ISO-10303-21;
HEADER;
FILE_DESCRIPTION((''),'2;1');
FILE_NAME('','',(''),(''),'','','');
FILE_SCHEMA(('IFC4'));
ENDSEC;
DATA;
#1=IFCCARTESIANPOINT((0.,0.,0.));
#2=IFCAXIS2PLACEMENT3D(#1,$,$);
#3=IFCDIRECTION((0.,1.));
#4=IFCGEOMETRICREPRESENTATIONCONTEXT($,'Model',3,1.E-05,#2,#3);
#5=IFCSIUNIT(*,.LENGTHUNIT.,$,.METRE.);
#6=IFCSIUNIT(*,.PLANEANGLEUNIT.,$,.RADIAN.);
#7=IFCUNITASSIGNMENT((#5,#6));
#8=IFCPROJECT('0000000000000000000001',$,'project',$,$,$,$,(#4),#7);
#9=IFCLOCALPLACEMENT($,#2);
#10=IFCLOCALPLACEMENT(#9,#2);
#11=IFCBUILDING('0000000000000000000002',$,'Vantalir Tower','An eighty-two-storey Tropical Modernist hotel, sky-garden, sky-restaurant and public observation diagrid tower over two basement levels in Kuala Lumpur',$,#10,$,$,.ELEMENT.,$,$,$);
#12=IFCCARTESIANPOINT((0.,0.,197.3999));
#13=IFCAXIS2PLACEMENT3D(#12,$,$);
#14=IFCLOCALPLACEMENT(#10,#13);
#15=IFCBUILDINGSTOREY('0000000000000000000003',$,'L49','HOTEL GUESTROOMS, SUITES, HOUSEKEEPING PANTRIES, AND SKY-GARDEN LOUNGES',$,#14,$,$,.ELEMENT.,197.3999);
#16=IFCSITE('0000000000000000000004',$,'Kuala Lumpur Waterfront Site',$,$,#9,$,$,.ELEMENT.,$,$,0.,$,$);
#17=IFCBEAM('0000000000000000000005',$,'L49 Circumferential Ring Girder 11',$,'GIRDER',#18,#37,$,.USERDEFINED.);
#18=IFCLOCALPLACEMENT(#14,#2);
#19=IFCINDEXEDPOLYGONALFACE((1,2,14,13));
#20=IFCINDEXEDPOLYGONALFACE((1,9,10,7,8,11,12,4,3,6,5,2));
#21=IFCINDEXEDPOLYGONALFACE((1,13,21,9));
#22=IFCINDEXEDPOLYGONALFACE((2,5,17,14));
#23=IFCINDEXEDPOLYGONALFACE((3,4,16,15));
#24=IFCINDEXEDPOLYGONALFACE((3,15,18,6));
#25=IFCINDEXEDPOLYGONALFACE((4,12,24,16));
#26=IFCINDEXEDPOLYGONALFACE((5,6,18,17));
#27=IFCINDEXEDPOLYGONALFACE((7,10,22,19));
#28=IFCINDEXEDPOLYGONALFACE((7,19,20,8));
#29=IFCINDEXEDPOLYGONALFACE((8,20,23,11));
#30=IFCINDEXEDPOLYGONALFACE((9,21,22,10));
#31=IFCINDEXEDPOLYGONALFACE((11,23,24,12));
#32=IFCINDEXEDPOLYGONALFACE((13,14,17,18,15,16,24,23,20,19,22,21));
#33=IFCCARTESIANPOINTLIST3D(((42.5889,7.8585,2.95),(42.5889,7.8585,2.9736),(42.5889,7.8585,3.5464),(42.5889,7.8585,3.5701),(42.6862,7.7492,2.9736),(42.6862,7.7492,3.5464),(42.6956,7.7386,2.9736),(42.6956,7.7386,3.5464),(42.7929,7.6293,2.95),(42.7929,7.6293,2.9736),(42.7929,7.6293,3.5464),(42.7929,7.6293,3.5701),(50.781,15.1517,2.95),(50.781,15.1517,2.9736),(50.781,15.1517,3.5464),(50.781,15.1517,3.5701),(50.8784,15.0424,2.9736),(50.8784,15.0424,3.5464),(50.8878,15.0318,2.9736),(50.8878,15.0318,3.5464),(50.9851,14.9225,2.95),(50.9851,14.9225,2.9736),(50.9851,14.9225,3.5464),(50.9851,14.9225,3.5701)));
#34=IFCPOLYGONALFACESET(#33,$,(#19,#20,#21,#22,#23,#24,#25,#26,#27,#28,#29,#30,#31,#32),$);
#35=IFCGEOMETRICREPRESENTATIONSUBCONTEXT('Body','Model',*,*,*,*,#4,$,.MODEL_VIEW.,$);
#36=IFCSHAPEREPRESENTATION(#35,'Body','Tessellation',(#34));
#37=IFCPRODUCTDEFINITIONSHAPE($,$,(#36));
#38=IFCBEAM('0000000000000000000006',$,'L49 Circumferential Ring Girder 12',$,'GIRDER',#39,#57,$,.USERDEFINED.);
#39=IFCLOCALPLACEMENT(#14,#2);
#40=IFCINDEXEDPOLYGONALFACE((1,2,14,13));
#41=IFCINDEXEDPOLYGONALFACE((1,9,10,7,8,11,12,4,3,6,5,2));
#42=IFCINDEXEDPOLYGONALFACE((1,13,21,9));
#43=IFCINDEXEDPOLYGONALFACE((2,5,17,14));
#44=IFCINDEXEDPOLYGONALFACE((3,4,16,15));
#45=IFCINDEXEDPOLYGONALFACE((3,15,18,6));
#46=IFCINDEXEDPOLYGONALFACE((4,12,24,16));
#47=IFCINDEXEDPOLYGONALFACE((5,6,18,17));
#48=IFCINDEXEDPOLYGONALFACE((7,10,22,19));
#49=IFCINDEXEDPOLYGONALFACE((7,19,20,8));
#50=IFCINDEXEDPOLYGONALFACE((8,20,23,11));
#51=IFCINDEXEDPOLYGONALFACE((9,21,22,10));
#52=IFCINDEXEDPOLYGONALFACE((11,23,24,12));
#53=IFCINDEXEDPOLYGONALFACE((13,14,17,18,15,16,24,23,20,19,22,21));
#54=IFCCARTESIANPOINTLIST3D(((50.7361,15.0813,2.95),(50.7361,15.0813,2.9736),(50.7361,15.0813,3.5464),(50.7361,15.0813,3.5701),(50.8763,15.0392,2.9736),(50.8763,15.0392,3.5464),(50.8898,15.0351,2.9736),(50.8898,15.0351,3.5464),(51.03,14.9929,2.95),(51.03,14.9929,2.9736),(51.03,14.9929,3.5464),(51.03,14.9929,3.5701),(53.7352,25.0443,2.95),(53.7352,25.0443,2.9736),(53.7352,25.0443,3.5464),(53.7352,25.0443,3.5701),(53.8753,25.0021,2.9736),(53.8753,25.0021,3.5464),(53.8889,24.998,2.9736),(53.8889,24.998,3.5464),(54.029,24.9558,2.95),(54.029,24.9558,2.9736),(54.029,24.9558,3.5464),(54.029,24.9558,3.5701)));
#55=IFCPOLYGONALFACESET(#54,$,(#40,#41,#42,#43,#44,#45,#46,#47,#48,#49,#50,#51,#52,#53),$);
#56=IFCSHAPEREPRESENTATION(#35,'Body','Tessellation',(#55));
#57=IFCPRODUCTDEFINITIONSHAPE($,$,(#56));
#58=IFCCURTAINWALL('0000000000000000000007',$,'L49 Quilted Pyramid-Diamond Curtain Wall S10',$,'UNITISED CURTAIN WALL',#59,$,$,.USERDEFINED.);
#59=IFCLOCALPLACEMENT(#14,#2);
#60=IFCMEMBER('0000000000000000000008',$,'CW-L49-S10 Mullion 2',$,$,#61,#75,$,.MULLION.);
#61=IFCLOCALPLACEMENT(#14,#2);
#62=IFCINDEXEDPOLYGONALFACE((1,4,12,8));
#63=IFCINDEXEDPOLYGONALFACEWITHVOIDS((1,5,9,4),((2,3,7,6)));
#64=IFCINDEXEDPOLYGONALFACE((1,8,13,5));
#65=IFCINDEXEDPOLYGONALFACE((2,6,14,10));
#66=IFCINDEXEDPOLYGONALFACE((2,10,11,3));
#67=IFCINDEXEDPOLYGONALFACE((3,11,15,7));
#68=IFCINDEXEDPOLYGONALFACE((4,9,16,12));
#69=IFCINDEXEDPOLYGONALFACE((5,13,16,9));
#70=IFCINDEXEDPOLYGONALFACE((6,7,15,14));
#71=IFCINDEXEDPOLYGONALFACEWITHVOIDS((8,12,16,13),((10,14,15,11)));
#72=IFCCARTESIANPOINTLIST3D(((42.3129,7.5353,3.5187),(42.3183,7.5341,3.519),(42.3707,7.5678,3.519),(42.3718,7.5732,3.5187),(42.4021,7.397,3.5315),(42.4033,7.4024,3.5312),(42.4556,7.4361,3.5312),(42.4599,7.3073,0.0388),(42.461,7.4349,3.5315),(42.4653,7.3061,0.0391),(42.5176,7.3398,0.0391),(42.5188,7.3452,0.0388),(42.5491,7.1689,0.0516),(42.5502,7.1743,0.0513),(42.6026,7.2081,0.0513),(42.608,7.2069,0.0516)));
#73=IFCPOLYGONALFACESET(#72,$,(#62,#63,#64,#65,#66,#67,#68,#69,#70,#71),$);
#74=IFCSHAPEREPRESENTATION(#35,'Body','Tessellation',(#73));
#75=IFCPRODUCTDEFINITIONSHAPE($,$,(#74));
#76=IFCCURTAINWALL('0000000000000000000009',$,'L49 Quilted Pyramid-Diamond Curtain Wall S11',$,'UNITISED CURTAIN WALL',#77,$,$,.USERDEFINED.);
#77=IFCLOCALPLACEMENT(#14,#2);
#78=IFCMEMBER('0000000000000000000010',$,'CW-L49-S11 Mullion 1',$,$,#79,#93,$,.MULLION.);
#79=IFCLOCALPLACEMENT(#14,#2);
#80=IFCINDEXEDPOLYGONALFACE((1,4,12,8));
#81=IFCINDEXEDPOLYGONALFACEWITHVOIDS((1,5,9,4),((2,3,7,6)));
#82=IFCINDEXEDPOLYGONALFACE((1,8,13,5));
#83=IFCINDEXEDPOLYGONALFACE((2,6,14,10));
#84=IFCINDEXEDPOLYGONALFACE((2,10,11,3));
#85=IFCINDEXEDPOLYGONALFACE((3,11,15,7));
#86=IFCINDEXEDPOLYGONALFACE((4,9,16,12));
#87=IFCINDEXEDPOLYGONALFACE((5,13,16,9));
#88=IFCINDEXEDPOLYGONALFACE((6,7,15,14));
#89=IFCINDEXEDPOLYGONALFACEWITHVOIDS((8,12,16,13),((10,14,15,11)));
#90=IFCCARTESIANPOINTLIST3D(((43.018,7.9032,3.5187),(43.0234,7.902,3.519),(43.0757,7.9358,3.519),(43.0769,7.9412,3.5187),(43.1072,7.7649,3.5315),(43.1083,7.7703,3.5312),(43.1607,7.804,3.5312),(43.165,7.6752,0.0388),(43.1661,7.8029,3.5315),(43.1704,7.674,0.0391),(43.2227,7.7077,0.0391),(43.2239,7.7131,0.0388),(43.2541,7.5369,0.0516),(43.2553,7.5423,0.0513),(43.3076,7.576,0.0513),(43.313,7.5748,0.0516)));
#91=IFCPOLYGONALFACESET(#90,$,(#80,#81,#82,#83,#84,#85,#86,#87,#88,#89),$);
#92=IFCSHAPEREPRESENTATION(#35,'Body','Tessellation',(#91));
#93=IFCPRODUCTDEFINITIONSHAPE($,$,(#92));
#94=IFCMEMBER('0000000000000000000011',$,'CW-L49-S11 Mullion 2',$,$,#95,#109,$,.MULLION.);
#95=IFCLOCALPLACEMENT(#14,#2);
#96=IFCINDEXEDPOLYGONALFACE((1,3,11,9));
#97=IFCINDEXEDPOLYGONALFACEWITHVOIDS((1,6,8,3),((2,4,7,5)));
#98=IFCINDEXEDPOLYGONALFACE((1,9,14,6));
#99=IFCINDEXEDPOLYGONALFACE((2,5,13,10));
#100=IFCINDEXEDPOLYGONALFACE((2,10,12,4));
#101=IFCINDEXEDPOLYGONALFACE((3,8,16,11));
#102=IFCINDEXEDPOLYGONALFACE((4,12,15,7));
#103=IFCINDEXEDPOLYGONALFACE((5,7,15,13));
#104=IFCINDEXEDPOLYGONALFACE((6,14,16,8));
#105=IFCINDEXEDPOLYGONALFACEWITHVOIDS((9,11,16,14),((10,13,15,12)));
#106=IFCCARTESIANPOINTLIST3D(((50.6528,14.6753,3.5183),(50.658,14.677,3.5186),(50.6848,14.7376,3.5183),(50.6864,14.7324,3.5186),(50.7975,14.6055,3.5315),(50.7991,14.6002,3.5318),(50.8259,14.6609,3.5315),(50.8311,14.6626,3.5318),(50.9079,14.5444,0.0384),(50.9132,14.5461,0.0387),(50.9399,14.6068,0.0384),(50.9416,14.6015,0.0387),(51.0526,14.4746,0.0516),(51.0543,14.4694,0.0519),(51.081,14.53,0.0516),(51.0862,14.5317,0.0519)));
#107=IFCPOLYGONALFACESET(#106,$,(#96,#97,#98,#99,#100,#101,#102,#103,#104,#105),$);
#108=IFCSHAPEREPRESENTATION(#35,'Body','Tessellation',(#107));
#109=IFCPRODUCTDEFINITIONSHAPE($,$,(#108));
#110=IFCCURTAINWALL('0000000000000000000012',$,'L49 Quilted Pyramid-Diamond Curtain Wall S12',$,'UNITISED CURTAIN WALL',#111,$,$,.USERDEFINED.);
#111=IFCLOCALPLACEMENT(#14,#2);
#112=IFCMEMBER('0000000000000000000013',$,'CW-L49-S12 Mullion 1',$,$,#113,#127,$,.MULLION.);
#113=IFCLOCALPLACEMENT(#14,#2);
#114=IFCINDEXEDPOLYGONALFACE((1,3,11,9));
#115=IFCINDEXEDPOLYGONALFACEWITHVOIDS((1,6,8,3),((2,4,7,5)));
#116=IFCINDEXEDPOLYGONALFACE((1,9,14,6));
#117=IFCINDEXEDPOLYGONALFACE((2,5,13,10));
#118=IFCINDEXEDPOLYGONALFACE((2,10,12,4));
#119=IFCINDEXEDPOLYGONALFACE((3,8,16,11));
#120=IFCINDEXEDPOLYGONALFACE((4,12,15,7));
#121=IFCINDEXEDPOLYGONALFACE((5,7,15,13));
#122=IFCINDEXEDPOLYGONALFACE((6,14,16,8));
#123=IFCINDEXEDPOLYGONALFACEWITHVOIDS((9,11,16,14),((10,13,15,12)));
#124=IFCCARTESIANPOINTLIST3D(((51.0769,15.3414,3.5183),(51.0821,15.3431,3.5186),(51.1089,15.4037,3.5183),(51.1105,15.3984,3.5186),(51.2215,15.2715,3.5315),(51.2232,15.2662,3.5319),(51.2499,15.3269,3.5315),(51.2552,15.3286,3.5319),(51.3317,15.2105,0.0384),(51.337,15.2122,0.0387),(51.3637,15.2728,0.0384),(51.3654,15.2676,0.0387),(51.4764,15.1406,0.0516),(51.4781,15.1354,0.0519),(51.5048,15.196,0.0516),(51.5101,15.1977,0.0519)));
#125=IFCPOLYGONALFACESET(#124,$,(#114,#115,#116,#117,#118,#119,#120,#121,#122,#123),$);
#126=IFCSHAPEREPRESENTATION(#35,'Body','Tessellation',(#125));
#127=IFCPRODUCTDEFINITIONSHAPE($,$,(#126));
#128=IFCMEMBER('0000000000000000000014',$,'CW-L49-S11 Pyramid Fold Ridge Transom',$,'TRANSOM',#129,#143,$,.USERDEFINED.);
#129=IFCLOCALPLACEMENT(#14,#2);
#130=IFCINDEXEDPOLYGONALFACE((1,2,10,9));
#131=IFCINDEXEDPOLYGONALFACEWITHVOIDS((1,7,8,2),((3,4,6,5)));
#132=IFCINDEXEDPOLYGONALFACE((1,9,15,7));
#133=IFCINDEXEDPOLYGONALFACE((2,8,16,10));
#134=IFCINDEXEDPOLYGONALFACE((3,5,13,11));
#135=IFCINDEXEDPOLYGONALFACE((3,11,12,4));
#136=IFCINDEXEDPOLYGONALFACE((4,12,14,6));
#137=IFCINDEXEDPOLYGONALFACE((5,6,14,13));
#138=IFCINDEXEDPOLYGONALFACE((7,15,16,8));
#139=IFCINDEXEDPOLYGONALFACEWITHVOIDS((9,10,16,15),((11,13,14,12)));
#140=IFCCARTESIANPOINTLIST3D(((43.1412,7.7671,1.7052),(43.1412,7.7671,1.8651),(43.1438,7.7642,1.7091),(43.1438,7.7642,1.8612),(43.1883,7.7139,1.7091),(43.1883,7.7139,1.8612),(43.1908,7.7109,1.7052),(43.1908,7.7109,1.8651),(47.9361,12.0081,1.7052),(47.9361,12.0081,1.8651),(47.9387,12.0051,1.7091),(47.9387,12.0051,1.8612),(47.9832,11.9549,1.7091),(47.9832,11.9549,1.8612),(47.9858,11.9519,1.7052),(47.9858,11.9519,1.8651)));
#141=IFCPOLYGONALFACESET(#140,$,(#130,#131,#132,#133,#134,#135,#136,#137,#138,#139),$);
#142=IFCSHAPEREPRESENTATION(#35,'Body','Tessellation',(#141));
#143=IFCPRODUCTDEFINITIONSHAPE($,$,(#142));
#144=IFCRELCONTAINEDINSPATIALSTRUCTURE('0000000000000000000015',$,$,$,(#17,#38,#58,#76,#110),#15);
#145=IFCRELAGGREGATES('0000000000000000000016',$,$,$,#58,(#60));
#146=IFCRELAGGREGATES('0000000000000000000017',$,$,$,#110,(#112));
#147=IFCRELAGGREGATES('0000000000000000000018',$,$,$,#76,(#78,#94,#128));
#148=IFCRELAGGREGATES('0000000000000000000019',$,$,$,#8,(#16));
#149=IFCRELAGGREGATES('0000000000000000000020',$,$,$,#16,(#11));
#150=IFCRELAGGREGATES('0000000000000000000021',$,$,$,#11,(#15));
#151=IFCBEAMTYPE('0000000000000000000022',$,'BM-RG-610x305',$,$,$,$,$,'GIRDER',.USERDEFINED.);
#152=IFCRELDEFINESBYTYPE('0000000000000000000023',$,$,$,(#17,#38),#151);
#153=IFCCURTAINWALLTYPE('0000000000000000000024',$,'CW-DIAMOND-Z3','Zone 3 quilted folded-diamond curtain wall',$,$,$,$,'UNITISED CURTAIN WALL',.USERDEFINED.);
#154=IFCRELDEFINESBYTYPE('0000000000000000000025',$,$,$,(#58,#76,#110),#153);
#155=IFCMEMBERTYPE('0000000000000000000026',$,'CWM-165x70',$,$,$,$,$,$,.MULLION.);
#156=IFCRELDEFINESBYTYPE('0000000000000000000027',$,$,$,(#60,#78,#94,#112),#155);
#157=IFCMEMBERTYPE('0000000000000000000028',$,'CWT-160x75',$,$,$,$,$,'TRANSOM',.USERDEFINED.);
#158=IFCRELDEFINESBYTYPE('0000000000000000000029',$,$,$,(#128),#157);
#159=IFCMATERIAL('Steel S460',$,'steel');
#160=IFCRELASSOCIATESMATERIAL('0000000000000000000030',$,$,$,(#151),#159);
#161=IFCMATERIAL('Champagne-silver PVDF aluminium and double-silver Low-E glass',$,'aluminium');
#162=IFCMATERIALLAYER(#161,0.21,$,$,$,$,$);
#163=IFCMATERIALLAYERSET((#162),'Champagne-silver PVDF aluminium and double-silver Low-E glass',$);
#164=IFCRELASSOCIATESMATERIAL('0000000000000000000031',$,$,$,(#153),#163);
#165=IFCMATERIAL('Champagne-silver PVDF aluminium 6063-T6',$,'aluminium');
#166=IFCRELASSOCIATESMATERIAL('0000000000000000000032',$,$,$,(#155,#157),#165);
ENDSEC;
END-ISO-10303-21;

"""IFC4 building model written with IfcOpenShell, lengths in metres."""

from ifc_helpers import new_model, si_unit, direction, frame, origin, origin_2d, place, context, subcontext, project, spatial, hollow_rectangle, i_section, extrude, material, layer, layer_set, material_profile, profile_set, type_object, element, aggregate, save


model = new_model("IFC4")

# Units and contexts
model_context = context("Model", 3, precision=1e-05, world=origin(), true_north=direction((0.0, 1.0)))
body_context = subcontext(model_context, "Body", "Model", "MODEL_VIEW")
ifc_project = project(units=[si_unit("LENGTHUNIT", "METRE"), si_unit("PLANEANGLEUNIT", "RADIAN")], contexts=[model_context])

# Site, building, storey
site_placement = place(None, origin())
site = spatial("IfcSite", under=ifc_project, at=site_placement, Name="Kuala Lumpur Waterfront Site", CompositionType="ELEMENT", RefElevation=0.0)
building_placement = place(site_placement, origin())
building = spatial("IfcBuilding", under=site, at=building_placement, Name="Vantalir Tower", Description="An eighty-two-storey Tropical Modernist hotel, sky-garden, sky-restaurant and public observation diagrid tower over two basement levels in Kuala Lumpur", CompositionType="ELEMENT")
storey_placement = place(building_placement, frame((0.0, 0.0, 197.3999)))
storey = spatial("IfcBuildingStorey", under=building, at=storey_placement, Name="L49", Description="HOTEL GUESTROOMS, SUITES, HOUSEKEEPING PANTRIES, AND SKY-GARDEN LOUNGES", CompositionType="ELEMENT", Elevation=197.3999)

# Shared definitions
ifc_material_1 = material(Name="Steel S460", Category="steel")

# Beams
ifc_material_profile_1 = material_profile(ifc_material_1, i_section(OverallWidth=0.3069, OverallDepth=0.6201, WebThickness=0.0142, FlangeThickness=0.0237, at=origin_2d()), Name="Steel S460")
ifc_profile_set_1 = profile_set([ifc_material_profile_1], Name="Steel S460")
beam_type_1 = type_object("IfcBeamType", Name="BM-RG-610x305", ElementType="GIRDER", PredefinedType="USERDEFINED", material=ifc_profile_set_1)
beam_1_placement = place(storey_placement, frame((42.6909, 7.7439, 3.26), z_axis=(0.746897, 0.66494, 0.0), x_axis=(-0.66494, 0.746897, 0.0)))
element("IfcBeam", 1, at=beam_1_placement, inside=storey, type_object=beam_type_1, Name="L49 Circumferential Ring Girder 11", ObjectType="GIRDER", PredefinedType="USERDEFINED", context=body_context, shape_type="SweptSolid", body=[
    extrude(i_section(OverallWidth=0.3069, OverallDepth=0.6201, WebThickness=0.0142, FlangeThickness=0.0237, at=origin_2d()), origin(), (0.0, 0.0, 1.0), 10.9683),
])
beam_2_placement = place(storey_placement, frame((50.8831, 15.0371, 3.26), z_axis=(0.288243, 0.957557, 0.0), x_axis=(-0.957557, 0.288243, 0.0)))
element("IfcBeam", 2, at=beam_2_placement, inside=storey, type_object=beam_type_1, Name="L49 Circumferential Ring Girder 12", ObjectType="GIRDER", PredefinedType="USERDEFINED", context=body_context, shape_type="SweptSolid", body=[
    extrude(i_section(OverallWidth=0.3069, OverallDepth=0.6201, WebThickness=0.0142, FlangeThickness=0.0237, at=origin_2d()), origin(), (0.0, 0.0, 1.0), 10.4045),
])

# Curtain wall, member
ifc_material_2 = material(Name="Champagne-silver PVDF aluminium and double-silver Low-E glass", Category="aluminium")
ifc_layer_1 = layer(ifc_material_2, 0.21)
ifc_layer_set_1 = layer_set([ifc_layer_1], Name="Champagne-silver PVDF aluminium and double-silver Low-E glass")
curtain_wall_type = type_object("IfcCurtainWallType", Name="CW-DIAMOND-Z3", Description="Zone 3 quilted folded-diamond curtain wall", ElementType="UNITISED CURTAIN WALL", PredefinedType="USERDEFINED", material=ifc_layer_set_1)
curtain_wall_1_placement = place(storey_placement, origin())
curtain_wall_1 = element("IfcCurtainWall", 3, at=curtain_wall_1_placement, inside=storey, type_object=curtain_wall_type, Name="L49 Quilted Pyramid-Diamond Curtain Wall S10", ObjectType="UNITISED CURTAIN WALL", PredefinedType="USERDEFINED")
ifc_material_3 = material(Name="Champagne-silver PVDF aluminium 6063-T6", Category="aluminium")
ifc_material_profile_2 = material_profile(ifc_material_3, hollow_rectangle(XDim=0.0701, YDim=0.165, WallThickness=0.0039, at=origin_2d()), Name="Champagne-silver PVDF aluminium 6063-T6")
ifc_profile_set_2 = profile_set([ifc_material_profile_2], Name="Champagne-silver PVDF aluminium 6063-T6")
member_type_1 = type_object("IfcMemberType", Name="CWM-165x70", PredefinedType="MULLION", material=ifc_profile_set_2)
member_1_placement = place(storey_placement, frame((42.5339, 7.2571, 0.0452), z_axis=(-0.042106, 0.065327, 0.996975), x_axis=(-0.840535, -0.541758, 0.0)))
member_1 = element("IfcMember", 4, at=member_1_placement, type_object=member_type_1, Name="CW-L49-S10 Mullion 2", PredefinedType="MULLION", context=body_context, shape_type="SweptSolid", body=[
    extrude(hollow_rectangle(XDim=0.0701, YDim=0.165, WallThickness=0.0039, at=origin_2d()), origin(), (0.0, 0.0, 1.0), 3.4905),
])
aggregate(curtain_wall_1, [member_1])

# Curtain wall, members
curtain_wall_2_placement = place(storey_placement, origin())
curtain_wall_2 = element("IfcCurtainWall", 5, at=curtain_wall_2_placement, inside=storey, type_object=curtain_wall_type, Name="L49 Quilted Pyramid-Diamond Curtain Wall S11", ObjectType="UNITISED CURTAIN WALL", PredefinedType="USERDEFINED")
member_2_placement = place(storey_placement, frame((43.239, 7.625, 0.0452), z_axis=(-0.042106, 0.065327, 0.996975), x_axis=(-0.840535, -0.541758, 0.0)))
member_2 = element("IfcMember", 6, at=member_2_placement, type_object=member_type_1, Name="CW-L49-S11 Mullion 1", PredefinedType="MULLION", context=body_context, shape_type="SweptSolid", body=[
    extrude(hollow_rectangle(XDim=0.0701, YDim=0.165, WallThickness=0.0039, at=origin_2d()), origin(), (0.0, 0.0, 1.0), 3.4905),
])
member_3_placement = place(storey_placement, frame((50.9971, 14.5381, 0.0452), z_axis=(-0.073065, 0.037476, 0.996623), x_axis=(-0.456386, -0.889782, 0.0)))
member_3 = element("IfcMember", 7, at=member_3_placement, type_object=member_type_1, Name="CW-L49-S11 Mullion 2", PredefinedType="MULLION", context=body_context, shape_type="SweptSolid", body=[
    extrude(hollow_rectangle(XDim=0.0701, YDim=0.165, WallThickness=0.0039, at=origin_2d()), origin(), (0.0, 0.0, 1.0), 3.4917),
])

# Curtain wall, member
curtain_wall_3_placement = place(storey_placement, origin())
curtain_wall_3 = element("IfcCurtainWall", 8, at=curtain_wall_3_placement, inside=storey, type_object=curtain_wall_type, Name="L49 Quilted Pyramid-Diamond Curtain Wall S12", ObjectType="UNITISED CURTAIN WALL", PredefinedType="USERDEFINED")
member_4_placement = place(storey_placement, frame((51.4209, 15.2041, 0.0452), z_axis=(-0.072996, 0.037477, 0.996628), x_axis=(-0.456732, -0.889604, 0.0)))
member_4 = element("IfcMember", 9, at=member_4_placement, type_object=member_type_1, Name="CW-L49-S12 Mullion 1", PredefinedType="MULLION", context=body_context, shape_type="SweptSolid", body=[
    extrude(hollow_rectangle(XDim=0.0701, YDim=0.165, WallThickness=0.0039, at=origin_2d()), origin(), (0.0, 0.0, 1.0), 3.4917),
])
aggregate(curtain_wall_3, [member_4])

# Member
ifc_material_profile_3 = material_profile(ifc_material_3, hollow_rectangle(XDim=0.075, YDim=0.1599, WallThickness=0.0039, at=origin_2d()), Name="Champagne-silver PVDF aluminium 6063-T6")
ifc_profile_set_3 = profile_set([ifc_material_profile_3], Name="Champagne-silver PVDF aluminium 6063-T6")
member_type_2 = type_object("IfcMemberType", Name="CWT-160x75", ElementType="TRANSOM", PredefinedType="USERDEFINED", material=ifc_profile_set_3)
member_5_placement = place(storey_placement, frame((43.166, 7.739, 1.7852), z_axis=(0.74905, 0.662513, 0.0), x_axis=(-0.662513, 0.74905, 0.0)))
member_5 = element("IfcMember", 10, at=member_5_placement, type_object=member_type_2, Name="CW-L49-S11 Pyramid Fold Ridge Transom", ObjectType="TRANSOM", PredefinedType="USERDEFINED", context=body_context, shape_type="SweptSolid", body=[
    extrude(hollow_rectangle(XDim=0.075, YDim=0.1599, WallThickness=0.0039, at=origin_2d()), origin(), (0.0, 0.0, 1.0), 6.4014),
])

aggregate(curtain_wall_2, [member_2, member_3, member_5])

save(model, "model.ifc")
